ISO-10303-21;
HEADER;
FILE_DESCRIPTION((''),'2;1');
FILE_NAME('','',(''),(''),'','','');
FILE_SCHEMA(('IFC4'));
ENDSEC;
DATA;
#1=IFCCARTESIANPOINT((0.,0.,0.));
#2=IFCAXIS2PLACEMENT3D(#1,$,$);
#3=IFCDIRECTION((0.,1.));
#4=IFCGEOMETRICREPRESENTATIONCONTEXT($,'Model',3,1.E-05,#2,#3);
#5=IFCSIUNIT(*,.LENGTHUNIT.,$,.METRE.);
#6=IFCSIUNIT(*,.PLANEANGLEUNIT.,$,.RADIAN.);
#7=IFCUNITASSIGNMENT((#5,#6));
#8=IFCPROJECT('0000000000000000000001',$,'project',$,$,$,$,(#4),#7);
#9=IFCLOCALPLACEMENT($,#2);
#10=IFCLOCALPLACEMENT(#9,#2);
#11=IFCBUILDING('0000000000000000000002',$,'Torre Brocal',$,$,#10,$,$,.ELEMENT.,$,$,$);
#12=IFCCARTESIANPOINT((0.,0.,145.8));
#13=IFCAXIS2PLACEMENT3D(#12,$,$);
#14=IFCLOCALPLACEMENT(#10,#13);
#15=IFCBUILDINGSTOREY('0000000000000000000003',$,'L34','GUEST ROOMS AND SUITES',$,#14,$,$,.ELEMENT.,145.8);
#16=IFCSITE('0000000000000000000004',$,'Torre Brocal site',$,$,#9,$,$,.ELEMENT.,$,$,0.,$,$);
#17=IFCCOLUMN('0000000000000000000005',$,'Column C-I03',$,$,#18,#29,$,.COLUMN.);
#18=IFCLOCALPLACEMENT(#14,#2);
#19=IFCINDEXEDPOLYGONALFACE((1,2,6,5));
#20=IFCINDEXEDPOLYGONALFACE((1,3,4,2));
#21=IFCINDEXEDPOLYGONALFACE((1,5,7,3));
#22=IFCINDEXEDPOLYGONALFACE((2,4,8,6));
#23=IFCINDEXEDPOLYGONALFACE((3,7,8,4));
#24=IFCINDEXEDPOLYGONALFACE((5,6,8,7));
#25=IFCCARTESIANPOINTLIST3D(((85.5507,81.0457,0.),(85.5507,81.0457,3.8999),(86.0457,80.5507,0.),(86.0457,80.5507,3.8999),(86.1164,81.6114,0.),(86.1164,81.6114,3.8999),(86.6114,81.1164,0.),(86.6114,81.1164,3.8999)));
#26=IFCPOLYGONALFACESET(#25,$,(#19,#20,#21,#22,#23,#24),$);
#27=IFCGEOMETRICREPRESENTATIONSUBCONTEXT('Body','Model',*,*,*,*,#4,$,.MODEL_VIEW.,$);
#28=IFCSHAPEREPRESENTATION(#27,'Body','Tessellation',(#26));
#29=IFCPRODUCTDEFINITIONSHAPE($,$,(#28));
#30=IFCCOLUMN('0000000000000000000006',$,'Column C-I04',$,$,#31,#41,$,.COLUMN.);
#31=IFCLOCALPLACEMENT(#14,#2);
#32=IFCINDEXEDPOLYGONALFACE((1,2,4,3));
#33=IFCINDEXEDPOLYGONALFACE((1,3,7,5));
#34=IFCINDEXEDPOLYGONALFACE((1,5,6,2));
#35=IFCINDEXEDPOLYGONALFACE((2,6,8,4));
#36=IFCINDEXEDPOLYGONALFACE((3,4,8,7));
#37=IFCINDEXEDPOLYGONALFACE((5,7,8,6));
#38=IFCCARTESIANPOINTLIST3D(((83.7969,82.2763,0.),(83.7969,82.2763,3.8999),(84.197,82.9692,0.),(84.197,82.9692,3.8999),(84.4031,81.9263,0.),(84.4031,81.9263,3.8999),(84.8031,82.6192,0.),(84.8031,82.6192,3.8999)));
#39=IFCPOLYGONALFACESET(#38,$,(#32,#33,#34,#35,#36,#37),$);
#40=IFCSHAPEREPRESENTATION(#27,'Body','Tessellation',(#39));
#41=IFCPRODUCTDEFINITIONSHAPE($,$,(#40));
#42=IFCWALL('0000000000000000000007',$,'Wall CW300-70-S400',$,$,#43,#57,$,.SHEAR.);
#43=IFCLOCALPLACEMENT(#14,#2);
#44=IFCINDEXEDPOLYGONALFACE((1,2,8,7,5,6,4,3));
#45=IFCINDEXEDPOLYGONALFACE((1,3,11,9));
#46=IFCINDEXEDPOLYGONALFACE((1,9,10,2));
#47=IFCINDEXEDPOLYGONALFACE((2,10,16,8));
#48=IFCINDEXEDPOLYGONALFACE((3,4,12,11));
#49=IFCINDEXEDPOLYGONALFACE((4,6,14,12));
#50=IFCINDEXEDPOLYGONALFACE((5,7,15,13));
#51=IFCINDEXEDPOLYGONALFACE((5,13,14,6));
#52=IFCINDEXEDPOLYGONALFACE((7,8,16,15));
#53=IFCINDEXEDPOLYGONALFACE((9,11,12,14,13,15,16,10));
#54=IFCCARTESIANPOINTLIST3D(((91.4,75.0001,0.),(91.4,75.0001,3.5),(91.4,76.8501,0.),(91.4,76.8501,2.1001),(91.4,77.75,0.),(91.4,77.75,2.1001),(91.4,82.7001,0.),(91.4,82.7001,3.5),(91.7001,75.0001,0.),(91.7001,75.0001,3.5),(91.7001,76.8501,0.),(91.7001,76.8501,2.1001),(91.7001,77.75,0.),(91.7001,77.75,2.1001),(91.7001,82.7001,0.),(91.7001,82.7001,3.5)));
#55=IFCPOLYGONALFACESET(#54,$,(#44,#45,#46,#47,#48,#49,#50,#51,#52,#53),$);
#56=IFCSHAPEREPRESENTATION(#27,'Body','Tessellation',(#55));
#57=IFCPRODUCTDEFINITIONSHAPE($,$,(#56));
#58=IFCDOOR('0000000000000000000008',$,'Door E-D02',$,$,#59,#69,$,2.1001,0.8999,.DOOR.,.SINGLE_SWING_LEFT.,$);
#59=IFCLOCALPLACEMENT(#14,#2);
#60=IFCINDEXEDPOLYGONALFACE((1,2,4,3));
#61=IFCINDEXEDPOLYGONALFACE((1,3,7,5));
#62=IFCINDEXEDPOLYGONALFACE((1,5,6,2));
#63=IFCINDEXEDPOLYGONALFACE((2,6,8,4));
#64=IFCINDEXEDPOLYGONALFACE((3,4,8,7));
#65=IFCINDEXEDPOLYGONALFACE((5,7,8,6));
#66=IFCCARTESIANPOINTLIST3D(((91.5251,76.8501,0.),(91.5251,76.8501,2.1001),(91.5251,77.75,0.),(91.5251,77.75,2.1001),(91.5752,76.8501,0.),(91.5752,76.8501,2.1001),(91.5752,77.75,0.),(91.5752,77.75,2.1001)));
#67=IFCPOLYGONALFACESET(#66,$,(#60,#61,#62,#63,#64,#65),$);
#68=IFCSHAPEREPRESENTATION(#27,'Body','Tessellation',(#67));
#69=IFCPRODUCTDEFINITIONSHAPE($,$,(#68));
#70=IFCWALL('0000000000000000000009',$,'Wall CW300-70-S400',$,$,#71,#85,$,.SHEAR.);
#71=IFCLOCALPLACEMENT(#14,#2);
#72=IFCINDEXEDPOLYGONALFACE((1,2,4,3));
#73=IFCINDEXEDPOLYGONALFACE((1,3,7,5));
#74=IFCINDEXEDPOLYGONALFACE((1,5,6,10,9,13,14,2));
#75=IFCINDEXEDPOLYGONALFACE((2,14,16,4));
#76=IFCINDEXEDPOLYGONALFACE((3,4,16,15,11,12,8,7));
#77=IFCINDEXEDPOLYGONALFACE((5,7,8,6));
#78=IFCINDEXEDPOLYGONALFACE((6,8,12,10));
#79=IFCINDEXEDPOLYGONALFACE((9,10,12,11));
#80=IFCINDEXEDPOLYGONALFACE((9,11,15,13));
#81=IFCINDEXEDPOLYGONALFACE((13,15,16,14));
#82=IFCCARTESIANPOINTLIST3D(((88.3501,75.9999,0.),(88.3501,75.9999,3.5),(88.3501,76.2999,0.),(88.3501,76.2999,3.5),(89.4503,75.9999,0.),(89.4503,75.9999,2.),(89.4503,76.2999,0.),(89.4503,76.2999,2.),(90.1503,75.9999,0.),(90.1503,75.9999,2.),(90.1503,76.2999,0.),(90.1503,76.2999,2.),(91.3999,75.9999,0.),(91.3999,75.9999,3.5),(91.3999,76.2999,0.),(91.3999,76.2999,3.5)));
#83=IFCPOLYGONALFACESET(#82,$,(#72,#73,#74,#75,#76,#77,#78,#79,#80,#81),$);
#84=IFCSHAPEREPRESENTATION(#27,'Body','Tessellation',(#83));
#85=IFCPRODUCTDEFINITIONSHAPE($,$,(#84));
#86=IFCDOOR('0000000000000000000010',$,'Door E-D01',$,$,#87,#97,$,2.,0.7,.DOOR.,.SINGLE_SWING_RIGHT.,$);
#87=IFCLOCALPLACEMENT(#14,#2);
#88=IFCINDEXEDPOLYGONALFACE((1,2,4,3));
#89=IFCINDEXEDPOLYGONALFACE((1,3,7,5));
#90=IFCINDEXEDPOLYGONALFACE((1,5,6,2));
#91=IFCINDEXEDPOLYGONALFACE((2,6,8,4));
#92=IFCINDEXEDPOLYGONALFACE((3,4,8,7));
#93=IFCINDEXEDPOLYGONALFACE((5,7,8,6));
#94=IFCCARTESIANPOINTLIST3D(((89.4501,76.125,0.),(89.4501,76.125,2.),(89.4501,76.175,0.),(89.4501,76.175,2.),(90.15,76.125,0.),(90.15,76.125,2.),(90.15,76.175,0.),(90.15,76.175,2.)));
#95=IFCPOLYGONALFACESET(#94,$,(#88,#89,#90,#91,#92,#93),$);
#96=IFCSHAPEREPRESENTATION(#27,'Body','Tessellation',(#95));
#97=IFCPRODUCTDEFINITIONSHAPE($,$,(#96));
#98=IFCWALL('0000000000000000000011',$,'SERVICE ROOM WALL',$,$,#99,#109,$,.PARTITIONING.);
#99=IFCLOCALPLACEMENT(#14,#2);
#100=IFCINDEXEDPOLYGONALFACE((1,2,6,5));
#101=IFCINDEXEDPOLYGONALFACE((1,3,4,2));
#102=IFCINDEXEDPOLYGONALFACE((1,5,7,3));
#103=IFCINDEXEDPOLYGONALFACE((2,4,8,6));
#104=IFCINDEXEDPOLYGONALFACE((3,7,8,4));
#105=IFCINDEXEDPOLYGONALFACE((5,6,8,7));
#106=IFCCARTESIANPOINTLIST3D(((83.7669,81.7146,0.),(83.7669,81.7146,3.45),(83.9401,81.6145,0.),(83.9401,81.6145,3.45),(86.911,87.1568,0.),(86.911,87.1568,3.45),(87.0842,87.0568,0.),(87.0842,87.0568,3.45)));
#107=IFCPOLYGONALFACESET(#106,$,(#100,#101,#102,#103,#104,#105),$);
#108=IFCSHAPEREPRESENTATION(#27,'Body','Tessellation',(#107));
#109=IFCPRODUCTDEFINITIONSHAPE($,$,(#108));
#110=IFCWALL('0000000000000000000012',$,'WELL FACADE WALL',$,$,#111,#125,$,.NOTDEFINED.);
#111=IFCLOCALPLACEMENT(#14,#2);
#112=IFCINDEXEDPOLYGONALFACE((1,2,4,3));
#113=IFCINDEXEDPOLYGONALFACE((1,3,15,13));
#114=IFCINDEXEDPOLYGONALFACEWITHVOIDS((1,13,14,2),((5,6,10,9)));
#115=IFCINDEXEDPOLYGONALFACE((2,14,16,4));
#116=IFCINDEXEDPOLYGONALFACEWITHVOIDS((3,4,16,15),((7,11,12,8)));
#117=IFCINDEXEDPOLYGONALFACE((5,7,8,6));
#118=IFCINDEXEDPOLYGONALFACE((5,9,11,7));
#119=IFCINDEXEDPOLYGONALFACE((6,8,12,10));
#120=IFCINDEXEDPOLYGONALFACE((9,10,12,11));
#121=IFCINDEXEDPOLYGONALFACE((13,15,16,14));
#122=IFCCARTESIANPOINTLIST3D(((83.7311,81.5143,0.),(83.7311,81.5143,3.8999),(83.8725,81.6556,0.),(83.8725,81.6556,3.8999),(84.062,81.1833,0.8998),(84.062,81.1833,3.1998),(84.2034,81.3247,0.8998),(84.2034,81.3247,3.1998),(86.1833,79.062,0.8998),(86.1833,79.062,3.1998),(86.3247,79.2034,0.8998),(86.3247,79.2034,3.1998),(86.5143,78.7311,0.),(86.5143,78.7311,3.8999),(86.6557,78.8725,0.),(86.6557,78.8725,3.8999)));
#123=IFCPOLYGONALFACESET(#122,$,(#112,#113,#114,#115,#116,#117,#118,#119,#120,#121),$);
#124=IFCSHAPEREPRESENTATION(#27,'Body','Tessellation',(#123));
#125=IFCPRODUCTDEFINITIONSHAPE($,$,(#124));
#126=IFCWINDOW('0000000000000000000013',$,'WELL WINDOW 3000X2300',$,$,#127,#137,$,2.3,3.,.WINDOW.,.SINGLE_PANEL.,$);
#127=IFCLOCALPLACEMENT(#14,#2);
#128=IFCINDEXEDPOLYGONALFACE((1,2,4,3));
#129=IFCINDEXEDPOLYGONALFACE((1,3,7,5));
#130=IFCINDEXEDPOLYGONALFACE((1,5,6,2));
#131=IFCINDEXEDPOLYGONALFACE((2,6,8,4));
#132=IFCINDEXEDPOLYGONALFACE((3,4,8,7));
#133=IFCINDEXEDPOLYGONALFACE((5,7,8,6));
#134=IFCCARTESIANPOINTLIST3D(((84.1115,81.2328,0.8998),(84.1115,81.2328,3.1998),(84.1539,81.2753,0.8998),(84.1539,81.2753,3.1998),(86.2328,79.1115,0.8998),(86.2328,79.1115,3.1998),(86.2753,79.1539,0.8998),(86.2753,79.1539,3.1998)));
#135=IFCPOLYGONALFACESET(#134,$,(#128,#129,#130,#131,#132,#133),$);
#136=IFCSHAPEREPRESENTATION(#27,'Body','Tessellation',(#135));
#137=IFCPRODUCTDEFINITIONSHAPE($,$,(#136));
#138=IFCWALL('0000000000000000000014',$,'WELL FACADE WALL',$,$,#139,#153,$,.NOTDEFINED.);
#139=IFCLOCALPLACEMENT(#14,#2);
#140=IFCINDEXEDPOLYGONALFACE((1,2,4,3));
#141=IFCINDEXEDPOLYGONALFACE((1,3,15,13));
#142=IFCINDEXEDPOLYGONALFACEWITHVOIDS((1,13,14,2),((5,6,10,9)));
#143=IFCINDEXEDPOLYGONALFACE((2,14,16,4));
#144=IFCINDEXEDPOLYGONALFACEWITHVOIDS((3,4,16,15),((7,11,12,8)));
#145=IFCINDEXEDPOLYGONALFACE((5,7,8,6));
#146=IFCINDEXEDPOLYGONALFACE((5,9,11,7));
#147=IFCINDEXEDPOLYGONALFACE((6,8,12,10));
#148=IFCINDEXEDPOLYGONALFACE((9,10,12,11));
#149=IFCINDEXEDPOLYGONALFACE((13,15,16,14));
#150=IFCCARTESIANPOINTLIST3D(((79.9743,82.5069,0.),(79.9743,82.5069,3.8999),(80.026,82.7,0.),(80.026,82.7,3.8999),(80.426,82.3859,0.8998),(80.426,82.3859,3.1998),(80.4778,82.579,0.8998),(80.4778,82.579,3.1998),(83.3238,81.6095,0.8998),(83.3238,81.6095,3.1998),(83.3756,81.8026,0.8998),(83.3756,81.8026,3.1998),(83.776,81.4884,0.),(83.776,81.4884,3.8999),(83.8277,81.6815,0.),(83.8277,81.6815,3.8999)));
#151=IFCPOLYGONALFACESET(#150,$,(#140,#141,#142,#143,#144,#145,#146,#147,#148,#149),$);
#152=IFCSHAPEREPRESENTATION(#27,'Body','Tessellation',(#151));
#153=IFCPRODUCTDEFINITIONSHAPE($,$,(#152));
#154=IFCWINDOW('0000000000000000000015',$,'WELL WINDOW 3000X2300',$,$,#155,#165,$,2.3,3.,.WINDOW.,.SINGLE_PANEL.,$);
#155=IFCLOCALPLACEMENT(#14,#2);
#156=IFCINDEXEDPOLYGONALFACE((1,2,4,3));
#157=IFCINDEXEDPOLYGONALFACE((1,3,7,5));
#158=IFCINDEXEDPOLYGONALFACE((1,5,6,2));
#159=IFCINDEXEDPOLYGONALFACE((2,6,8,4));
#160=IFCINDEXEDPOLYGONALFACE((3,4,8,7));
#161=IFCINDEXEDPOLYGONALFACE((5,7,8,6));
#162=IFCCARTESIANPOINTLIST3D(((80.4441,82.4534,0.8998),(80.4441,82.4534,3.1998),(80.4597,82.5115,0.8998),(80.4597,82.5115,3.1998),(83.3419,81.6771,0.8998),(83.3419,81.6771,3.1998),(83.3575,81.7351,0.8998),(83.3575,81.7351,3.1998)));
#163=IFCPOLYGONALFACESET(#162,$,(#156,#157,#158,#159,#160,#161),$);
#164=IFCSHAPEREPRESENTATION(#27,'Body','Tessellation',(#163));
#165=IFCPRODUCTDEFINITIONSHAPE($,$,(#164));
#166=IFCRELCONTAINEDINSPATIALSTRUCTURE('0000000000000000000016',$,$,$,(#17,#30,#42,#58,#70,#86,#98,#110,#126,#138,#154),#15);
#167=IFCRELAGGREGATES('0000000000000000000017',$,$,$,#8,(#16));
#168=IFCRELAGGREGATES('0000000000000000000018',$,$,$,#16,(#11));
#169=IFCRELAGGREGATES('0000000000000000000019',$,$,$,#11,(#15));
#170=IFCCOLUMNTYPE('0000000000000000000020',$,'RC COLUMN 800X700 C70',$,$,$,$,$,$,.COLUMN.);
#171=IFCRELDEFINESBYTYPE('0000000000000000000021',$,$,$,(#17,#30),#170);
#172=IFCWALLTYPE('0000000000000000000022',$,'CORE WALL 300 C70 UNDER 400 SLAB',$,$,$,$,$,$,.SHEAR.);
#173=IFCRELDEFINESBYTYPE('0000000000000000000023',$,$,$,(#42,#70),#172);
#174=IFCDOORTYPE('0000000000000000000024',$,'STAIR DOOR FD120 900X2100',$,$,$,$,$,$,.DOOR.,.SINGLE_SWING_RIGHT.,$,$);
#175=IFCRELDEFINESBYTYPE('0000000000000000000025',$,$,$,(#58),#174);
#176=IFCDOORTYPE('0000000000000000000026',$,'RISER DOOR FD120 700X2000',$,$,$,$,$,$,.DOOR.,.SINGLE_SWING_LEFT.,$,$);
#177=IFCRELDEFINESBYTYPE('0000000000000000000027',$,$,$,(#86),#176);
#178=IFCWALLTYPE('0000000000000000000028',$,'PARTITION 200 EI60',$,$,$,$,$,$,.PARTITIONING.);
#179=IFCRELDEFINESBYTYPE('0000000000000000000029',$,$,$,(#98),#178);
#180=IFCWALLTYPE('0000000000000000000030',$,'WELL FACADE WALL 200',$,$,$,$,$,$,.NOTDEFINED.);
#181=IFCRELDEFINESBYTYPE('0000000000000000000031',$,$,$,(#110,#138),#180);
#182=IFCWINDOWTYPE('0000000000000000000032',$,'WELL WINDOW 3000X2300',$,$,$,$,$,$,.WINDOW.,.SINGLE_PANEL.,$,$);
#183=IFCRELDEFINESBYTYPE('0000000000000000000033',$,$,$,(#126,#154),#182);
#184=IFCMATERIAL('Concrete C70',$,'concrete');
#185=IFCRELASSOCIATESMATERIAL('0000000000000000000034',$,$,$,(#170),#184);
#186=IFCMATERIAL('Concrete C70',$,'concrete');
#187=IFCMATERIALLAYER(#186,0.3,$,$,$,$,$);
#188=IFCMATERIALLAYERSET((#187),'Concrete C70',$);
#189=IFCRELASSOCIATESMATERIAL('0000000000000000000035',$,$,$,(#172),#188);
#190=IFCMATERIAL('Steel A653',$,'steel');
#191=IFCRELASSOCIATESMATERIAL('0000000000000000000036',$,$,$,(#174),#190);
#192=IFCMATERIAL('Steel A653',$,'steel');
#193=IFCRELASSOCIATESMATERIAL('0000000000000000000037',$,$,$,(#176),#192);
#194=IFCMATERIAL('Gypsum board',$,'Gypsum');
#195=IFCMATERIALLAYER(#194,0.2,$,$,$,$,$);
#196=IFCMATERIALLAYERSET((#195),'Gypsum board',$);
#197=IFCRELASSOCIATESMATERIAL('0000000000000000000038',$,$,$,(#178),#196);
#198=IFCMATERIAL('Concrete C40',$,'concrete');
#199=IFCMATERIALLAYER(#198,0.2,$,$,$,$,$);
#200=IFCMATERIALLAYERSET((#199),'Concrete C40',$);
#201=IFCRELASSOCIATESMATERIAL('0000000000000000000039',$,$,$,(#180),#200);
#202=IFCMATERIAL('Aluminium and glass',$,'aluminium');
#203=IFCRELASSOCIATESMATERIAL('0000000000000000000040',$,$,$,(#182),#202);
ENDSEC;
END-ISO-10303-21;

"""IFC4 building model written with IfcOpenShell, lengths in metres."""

from ifc_helpers import new_model, si_unit, direction, frame, frame_2d, origin, origin_2d, place, context, subcontext, project, spatial, rectangle, extrude, material, layer, layer_set, material_profile, profile_set, type_object, element, fill, save


model = new_model("IFC4")

# Units and contexts
model_context = context("Model", 3, precision=1e-05, world=origin(), true_north=direction((0.0, 1.0)))
body_context = subcontext(model_context, "Body", "Model", "MODEL_VIEW")
ifc_project = project(units=[si_unit("LENGTHUNIT", "METRE"), si_unit("PLANEANGLEUNIT", "RADIAN")], contexts=[model_context])

# Site, building, storey
site_placement = place(None, origin())
site = spatial("IfcSite", under=ifc_project, at=site_placement, Name="Torre Brocal site", CompositionType="ELEMENT", RefElevation=0.0)
building_placement = place(site_placement, origin())
building = spatial("IfcBuilding", under=site, at=building_placement, Name="Torre Brocal", CompositionType="ELEMENT")
storey_placement = place(building_placement, frame((0.0, 0.0, 145.8)))
storey = spatial("IfcBuildingStorey", under=building, at=storey_placement, Name="L34", Description="GUEST ROOMS AND SUITES", CompositionType="ELEMENT", Elevation=145.8)

# Columns
ifc_material_1 = material(Name="Concrete C70", Category="concrete")
ifc_material_profile = material_profile(ifc_material_1, rectangle(XDim=0.8, YDim=0.7, at=origin_2d()), Name="RC 800X700")
ifc_profile_set = profile_set([ifc_material_profile], Name="Concrete C70")
column_type = type_object("IfcColumnType", Name="RC COLUMN 800X700 C70", PredefinedType="COLUMN", material=ifc_profile_set)
for number, where, z_axis, x_axis, name in (
    (1, (86.0811, 81.0811, 0.0), (0.0, 0.0, 1.0), (0.707107, 0.707107, 0.0), "Column C-I03"),
    (2, (84.3, 82.4478, 0.0), (0.0, 0.0, 1.0), (0.5, 0.866025, 0.0), "Column C-I04"),
):
    element("IfcColumn", number, at=place(storey_placement, frame(where, z_axis=z_axis, x_axis=x_axis)), inside=storey, type_object=column_type, Name=name, PredefinedType="COLUMN", context=body_context, shape_type="SweptSolid", body=[
        extrude(rectangle(XDim=0.8, YDim=0.7, at=origin_2d()), origin(), (0.0, 0.0, 1.0), 3.8999),
    ])

# Walls, openings, doors
ifc_material_2 = material(Name="Concrete C70", Category="concrete")
ifc_layer_1 = layer(ifc_material_2, 0.3)
ifc_layer_set_1 = layer_set([ifc_layer_1], Name="Concrete C70")
wall_type_1 = type_object("IfcWallType", Name="CORE WALL 300 C70 UNDER 400 SLAB", PredefinedType="SHEAR", material=ifc_layer_set_1)
wall_1_placement = place(storey_placement, frame((91.55, 75.0, 0.0), z_axis=(0.0, 0.0, 1.0), x_axis=(0.0, 1.0, 0.0)))
wall_1 = element("IfcWall", 3, at=wall_1_placement, inside=storey, type_object=wall_type_1, Name="Wall CW300-70-S400", PredefinedType="SHEAR", context=body_context, shape_type="SweptSolid", body=[
    extrude(rectangle(XDim=7.7, YDim=0.3, at=frame_2d((3.8501, 0.0))), origin(), (0.0, 0.0, 1.0), 3.5),
])
opening_1_placement = place(wall_1_placement, frame((1.8501, 0.0, 0.0)))
opening_1 = element("IfcOpeningElement", 4, at=opening_1_placement, cuts=wall_1, PredefinedType="OPENING", context=body_context, shape_type="SweptSolid", body=[
    extrude(rectangle(XDim=0.8999, YDim=2.1001, at=frame_2d((0.45, 1.05))), frame((0.0, 0.1599, 0.0), z_axis=(0.0, -1.0, 0.0), x_axis=(1.0, 0.0, 0.0)), (0.0, 0.0, 1.0), 0.3201),
])
ifc_material_3 = material(Name="Steel A653", Category="steel")
door_type_1 = type_object("IfcDoorType", Name="STAIR DOOR FD120 900X2100", OperationType="SINGLE_SWING_RIGHT", PredefinedType="DOOR", material=ifc_material_3)
door_1_placement = place(opening_1_placement, origin())
door_1 = element("IfcDoor", 5, at=door_1_placement, inside=storey, type_object=door_type_1, Name="Door E-D02", OperationType="SINGLE_SWING_LEFT", OverallHeight=2.1001, OverallWidth=0.8999, PredefinedType="DOOR", context=body_context, shape_type="SweptSolid", body=[
    extrude(rectangle(XDim=0.8999, YDim=2.1001, at=frame_2d((0.45, 1.05))), frame((0.0, 0.0249, 0.0), z_axis=(0.0, -1.0, 0.0), x_axis=(1.0, 0.0, 0.0)), (0.0, 0.0, 1.0), 0.05),
])
fill(opening_1, door_1)
wall_2_placement = place(storey_placement, frame((88.3501, 76.1499, 0.0), z_axis=(0.0, 0.0, 1.0), x_axis=(1.0, 0.0, 0.0)))
wall_2 = element("IfcWall", 6, at=wall_2_placement, inside=storey, type_object=wall_type_1, Name="Wall CW300-70-S400", PredefinedType="SHEAR", context=body_context, shape_type="SweptSolid", body=[
    extrude(rectangle(XDim=3.0498, YDim=0.3, at=frame_2d((1.5249, 0.0))), origin(), (0.0, 0.0, 1.0), 3.5),
])
opening_2_placement = place(wall_2_placement, frame((1.1001, 0.0, 0.0)))
opening_2 = element("IfcOpeningElement", 7, at=opening_2_placement, cuts=wall_2, PredefinedType="OPENING", context=body_context, shape_type="SweptSolid", body=[
    extrude(rectangle(XDim=0.7, YDim=2.0, at=frame_2d((0.3501, 1.0))), frame((0.0, 0.1599, 0.0), z_axis=(0.0, -1.0, 0.0), x_axis=(1.0, 0.0, 0.0)), (0.0, 0.0, 1.0), 0.3201),
])
ifc_material_4 = material(Name="Steel A653", Category="steel")
door_type_2 = type_object("IfcDoorType", Name="RISER DOOR FD120 700X2000", OperationType="SINGLE_SWING_LEFT", PredefinedType="DOOR", material=ifc_material_4)
door_2_placement = place(opening_2_placement, frame((0.7, 0.0, 0.0), z_axis=(0.0, 0.0, 1.0), x_axis=(-1.0, 0.0, 0.0)))
door_2 = element("IfcDoor", 8, at=door_2_placement, inside=storey, type_object=door_type_2, Name="Door E-D01", OperationType="SINGLE_SWING_RIGHT", OverallHeight=2.0, OverallWidth=0.7, PredefinedType="DOOR", context=body_context, shape_type="SweptSolid", body=[
    extrude(rectangle(XDim=0.7, YDim=2.0, at=frame_2d((0.3501, 1.0))), frame((0.0, 0.0249, 0.0), z_axis=(0.0, -1.0, 0.0), x_axis=(1.0, 0.0, 0.0)), (0.0, 0.0, 1.0), 0.05),
])
fill(opening_2, door_2)

# Wall
ifc_material_5 = material(Name="Gypsum board", Category="Gypsum")
ifc_layer_2 = layer(ifc_material_5, 0.2)
ifc_layer_set_2 = layer_set([ifc_layer_2], Name="Gypsum board")
wall_type_2 = type_object("IfcWallType", Name="PARTITION 200 EI60", PredefinedType="PARTITIONING", material=ifc_layer_set_2)
wall_3_placement = place(storey_placement, frame((83.8535, 81.6646, 0.0), z_axis=(0.0, 0.0, 1.0), x_axis=(0.500241, 0.865886, 0.0)))
element("IfcWall", 9, at=wall_3_placement, inside=storey, type_object=wall_type_2, Name="SERVICE ROOM WALL", PredefinedType="PARTITIONING", context=body_context, shape_type="SweptSolid", body=[
    extrude(rectangle(XDim=6.2852, YDim=0.2, at=frame_2d((3.1426, 0.0))), origin(), (0.0, 0.0, 1.0), 3.45),
])

# Walls, openings, windows
ifc_material_6 = material(Name="Concrete C40", Category="concrete")
ifc_layer_3 = layer(ifc_material_6, 0.2)
ifc_layer_set_3 = layer_set([ifc_layer_3], Name="Concrete C40")
wall_type_3 = type_object("IfcWallType", Name="WELL FACADE WALL 200", PredefinedType="NOTDEFINED", material=ifc_layer_set_3)
wall_4_placement = place(storey_placement, frame((86.585, 78.8018, 0.0), z_axis=(0.0, 0.0, 1.0), x_axis=(-0.707107, 0.707107, 0.0)))
wall_4 = element("IfcWall", 10, at=wall_4_placement, inside=storey, type_object=wall_type_3, Name="WELL FACADE WALL", PredefinedType="NOTDEFINED", context=body_context, shape_type="SweptSolid", body=[
    extrude(rectangle(XDim=3.936, YDim=0.2, at=frame_2d((1.968, 0.0))), origin(), (0.0, 0.0, 1.0), 3.8999),
])
opening_3_placement = place(wall_4_placement, frame((0.468, 0.0, 0.8999)))
opening_3 = element("IfcOpeningElement", 11, at=opening_3_placement, cuts=wall_4, PredefinedType="OPENING", context=body_context, shape_type="SweptSolid", body=[
    extrude(rectangle(XDim=3.0, YDim=2.3, at=frame_2d((1.5, 1.1499))), frame((0.0, 0.1099, 0.0), z_axis=(0.0, -1.0, 0.0), x_axis=(1.0, 0.0, 0.0)), (0.0, 0.0, 1.0), 0.22),
])
ifc_material_7 = material(Name="Aluminium and glass", Category="aluminium")
window_type = type_object("IfcWindowType", Name="WELL WINDOW 3000X2300", PartitioningType="SINGLE_PANEL", PredefinedType="WINDOW", material=ifc_material_7)
window_1_placement = place(opening_3_placement, origin())
window_1 = element("IfcWindow", 12, at=window_1_placement, inside=storey, type_object=window_type, Name="WELL WINDOW 3000X2300", OverallHeight=2.3, OverallWidth=3.0, PartitioningType="SINGLE_PANEL", PredefinedType="WINDOW", context=body_context, shape_type="SweptSolid", body=[
    extrude(rectangle(XDim=3.0, YDim=2.3, at=frame_2d((1.5, 1.1499))), frame((0.0, 0.03, 0.0), z_axis=(0.0, -1.0, 0.0), x_axis=(1.0, 0.0, 0.0)), (0.0, 0.0, 1.0), 0.0601),
])
fill(opening_3, window_1)
wall_5_placement = place(storey_placement, frame((83.8018, 81.585, 0.0), z_axis=(0.0, 0.0, 1.0), x_axis=(-0.965934, 0.25879, 0.0)))
wall_5 = element("IfcWall", 13, at=wall_5_placement, inside=storey, type_object=wall_type_3, Name="WELL FACADE WALL", PredefinedType="NOTDEFINED", context=body_context, shape_type="SweptSolid", body=[
    extrude(rectangle(XDim=3.9358, YDim=0.2, at=frame_2d((1.9678, 0.0))), origin(), (0.0, 0.0, 1.0), 3.8999),
])
opening_4_placement = place(wall_5_placement, frame((0.468, 0.0, 0.8999)))
opening_4 = element("IfcOpeningElement", 14, at=opening_4_placement, cuts=wall_5, PredefinedType="OPENING", context=body_context, shape_type="SweptSolid", body=[
    extrude(rectangle(XDim=3.0, YDim=2.3, at=frame_2d((1.5, 1.1499))), frame((0.0, 0.1099, 0.0), z_axis=(0.0, -1.0, 0.0), x_axis=(1.0, 0.0, 0.0)), (0.0, 0.0, 1.0), 0.22),
])
window_2_placement = place(opening_4_placement, origin())
window_2 = element("IfcWindow", 15, at=window_2_placement, inside=storey, type_object=window_type, Name="WELL WINDOW 3000X2300", OverallHeight=2.3, OverallWidth=3.0, PartitioningType="SINGLE_PANEL", PredefinedType="WINDOW", context=body_context, shape_type="SweptSolid", body=[
    extrude(rectangle(XDim=3.0, YDim=2.3, at=frame_2d((1.5, 1.1499))), frame((0.0, 0.03, 0.0), z_axis=(0.0, -1.0, 0.0), x_axis=(1.0, 0.0, 0.0)), (0.0, 0.0, 1.0), 0.0601),
])
fill(opening_4, window_2)

save(model, "model.ifc")
